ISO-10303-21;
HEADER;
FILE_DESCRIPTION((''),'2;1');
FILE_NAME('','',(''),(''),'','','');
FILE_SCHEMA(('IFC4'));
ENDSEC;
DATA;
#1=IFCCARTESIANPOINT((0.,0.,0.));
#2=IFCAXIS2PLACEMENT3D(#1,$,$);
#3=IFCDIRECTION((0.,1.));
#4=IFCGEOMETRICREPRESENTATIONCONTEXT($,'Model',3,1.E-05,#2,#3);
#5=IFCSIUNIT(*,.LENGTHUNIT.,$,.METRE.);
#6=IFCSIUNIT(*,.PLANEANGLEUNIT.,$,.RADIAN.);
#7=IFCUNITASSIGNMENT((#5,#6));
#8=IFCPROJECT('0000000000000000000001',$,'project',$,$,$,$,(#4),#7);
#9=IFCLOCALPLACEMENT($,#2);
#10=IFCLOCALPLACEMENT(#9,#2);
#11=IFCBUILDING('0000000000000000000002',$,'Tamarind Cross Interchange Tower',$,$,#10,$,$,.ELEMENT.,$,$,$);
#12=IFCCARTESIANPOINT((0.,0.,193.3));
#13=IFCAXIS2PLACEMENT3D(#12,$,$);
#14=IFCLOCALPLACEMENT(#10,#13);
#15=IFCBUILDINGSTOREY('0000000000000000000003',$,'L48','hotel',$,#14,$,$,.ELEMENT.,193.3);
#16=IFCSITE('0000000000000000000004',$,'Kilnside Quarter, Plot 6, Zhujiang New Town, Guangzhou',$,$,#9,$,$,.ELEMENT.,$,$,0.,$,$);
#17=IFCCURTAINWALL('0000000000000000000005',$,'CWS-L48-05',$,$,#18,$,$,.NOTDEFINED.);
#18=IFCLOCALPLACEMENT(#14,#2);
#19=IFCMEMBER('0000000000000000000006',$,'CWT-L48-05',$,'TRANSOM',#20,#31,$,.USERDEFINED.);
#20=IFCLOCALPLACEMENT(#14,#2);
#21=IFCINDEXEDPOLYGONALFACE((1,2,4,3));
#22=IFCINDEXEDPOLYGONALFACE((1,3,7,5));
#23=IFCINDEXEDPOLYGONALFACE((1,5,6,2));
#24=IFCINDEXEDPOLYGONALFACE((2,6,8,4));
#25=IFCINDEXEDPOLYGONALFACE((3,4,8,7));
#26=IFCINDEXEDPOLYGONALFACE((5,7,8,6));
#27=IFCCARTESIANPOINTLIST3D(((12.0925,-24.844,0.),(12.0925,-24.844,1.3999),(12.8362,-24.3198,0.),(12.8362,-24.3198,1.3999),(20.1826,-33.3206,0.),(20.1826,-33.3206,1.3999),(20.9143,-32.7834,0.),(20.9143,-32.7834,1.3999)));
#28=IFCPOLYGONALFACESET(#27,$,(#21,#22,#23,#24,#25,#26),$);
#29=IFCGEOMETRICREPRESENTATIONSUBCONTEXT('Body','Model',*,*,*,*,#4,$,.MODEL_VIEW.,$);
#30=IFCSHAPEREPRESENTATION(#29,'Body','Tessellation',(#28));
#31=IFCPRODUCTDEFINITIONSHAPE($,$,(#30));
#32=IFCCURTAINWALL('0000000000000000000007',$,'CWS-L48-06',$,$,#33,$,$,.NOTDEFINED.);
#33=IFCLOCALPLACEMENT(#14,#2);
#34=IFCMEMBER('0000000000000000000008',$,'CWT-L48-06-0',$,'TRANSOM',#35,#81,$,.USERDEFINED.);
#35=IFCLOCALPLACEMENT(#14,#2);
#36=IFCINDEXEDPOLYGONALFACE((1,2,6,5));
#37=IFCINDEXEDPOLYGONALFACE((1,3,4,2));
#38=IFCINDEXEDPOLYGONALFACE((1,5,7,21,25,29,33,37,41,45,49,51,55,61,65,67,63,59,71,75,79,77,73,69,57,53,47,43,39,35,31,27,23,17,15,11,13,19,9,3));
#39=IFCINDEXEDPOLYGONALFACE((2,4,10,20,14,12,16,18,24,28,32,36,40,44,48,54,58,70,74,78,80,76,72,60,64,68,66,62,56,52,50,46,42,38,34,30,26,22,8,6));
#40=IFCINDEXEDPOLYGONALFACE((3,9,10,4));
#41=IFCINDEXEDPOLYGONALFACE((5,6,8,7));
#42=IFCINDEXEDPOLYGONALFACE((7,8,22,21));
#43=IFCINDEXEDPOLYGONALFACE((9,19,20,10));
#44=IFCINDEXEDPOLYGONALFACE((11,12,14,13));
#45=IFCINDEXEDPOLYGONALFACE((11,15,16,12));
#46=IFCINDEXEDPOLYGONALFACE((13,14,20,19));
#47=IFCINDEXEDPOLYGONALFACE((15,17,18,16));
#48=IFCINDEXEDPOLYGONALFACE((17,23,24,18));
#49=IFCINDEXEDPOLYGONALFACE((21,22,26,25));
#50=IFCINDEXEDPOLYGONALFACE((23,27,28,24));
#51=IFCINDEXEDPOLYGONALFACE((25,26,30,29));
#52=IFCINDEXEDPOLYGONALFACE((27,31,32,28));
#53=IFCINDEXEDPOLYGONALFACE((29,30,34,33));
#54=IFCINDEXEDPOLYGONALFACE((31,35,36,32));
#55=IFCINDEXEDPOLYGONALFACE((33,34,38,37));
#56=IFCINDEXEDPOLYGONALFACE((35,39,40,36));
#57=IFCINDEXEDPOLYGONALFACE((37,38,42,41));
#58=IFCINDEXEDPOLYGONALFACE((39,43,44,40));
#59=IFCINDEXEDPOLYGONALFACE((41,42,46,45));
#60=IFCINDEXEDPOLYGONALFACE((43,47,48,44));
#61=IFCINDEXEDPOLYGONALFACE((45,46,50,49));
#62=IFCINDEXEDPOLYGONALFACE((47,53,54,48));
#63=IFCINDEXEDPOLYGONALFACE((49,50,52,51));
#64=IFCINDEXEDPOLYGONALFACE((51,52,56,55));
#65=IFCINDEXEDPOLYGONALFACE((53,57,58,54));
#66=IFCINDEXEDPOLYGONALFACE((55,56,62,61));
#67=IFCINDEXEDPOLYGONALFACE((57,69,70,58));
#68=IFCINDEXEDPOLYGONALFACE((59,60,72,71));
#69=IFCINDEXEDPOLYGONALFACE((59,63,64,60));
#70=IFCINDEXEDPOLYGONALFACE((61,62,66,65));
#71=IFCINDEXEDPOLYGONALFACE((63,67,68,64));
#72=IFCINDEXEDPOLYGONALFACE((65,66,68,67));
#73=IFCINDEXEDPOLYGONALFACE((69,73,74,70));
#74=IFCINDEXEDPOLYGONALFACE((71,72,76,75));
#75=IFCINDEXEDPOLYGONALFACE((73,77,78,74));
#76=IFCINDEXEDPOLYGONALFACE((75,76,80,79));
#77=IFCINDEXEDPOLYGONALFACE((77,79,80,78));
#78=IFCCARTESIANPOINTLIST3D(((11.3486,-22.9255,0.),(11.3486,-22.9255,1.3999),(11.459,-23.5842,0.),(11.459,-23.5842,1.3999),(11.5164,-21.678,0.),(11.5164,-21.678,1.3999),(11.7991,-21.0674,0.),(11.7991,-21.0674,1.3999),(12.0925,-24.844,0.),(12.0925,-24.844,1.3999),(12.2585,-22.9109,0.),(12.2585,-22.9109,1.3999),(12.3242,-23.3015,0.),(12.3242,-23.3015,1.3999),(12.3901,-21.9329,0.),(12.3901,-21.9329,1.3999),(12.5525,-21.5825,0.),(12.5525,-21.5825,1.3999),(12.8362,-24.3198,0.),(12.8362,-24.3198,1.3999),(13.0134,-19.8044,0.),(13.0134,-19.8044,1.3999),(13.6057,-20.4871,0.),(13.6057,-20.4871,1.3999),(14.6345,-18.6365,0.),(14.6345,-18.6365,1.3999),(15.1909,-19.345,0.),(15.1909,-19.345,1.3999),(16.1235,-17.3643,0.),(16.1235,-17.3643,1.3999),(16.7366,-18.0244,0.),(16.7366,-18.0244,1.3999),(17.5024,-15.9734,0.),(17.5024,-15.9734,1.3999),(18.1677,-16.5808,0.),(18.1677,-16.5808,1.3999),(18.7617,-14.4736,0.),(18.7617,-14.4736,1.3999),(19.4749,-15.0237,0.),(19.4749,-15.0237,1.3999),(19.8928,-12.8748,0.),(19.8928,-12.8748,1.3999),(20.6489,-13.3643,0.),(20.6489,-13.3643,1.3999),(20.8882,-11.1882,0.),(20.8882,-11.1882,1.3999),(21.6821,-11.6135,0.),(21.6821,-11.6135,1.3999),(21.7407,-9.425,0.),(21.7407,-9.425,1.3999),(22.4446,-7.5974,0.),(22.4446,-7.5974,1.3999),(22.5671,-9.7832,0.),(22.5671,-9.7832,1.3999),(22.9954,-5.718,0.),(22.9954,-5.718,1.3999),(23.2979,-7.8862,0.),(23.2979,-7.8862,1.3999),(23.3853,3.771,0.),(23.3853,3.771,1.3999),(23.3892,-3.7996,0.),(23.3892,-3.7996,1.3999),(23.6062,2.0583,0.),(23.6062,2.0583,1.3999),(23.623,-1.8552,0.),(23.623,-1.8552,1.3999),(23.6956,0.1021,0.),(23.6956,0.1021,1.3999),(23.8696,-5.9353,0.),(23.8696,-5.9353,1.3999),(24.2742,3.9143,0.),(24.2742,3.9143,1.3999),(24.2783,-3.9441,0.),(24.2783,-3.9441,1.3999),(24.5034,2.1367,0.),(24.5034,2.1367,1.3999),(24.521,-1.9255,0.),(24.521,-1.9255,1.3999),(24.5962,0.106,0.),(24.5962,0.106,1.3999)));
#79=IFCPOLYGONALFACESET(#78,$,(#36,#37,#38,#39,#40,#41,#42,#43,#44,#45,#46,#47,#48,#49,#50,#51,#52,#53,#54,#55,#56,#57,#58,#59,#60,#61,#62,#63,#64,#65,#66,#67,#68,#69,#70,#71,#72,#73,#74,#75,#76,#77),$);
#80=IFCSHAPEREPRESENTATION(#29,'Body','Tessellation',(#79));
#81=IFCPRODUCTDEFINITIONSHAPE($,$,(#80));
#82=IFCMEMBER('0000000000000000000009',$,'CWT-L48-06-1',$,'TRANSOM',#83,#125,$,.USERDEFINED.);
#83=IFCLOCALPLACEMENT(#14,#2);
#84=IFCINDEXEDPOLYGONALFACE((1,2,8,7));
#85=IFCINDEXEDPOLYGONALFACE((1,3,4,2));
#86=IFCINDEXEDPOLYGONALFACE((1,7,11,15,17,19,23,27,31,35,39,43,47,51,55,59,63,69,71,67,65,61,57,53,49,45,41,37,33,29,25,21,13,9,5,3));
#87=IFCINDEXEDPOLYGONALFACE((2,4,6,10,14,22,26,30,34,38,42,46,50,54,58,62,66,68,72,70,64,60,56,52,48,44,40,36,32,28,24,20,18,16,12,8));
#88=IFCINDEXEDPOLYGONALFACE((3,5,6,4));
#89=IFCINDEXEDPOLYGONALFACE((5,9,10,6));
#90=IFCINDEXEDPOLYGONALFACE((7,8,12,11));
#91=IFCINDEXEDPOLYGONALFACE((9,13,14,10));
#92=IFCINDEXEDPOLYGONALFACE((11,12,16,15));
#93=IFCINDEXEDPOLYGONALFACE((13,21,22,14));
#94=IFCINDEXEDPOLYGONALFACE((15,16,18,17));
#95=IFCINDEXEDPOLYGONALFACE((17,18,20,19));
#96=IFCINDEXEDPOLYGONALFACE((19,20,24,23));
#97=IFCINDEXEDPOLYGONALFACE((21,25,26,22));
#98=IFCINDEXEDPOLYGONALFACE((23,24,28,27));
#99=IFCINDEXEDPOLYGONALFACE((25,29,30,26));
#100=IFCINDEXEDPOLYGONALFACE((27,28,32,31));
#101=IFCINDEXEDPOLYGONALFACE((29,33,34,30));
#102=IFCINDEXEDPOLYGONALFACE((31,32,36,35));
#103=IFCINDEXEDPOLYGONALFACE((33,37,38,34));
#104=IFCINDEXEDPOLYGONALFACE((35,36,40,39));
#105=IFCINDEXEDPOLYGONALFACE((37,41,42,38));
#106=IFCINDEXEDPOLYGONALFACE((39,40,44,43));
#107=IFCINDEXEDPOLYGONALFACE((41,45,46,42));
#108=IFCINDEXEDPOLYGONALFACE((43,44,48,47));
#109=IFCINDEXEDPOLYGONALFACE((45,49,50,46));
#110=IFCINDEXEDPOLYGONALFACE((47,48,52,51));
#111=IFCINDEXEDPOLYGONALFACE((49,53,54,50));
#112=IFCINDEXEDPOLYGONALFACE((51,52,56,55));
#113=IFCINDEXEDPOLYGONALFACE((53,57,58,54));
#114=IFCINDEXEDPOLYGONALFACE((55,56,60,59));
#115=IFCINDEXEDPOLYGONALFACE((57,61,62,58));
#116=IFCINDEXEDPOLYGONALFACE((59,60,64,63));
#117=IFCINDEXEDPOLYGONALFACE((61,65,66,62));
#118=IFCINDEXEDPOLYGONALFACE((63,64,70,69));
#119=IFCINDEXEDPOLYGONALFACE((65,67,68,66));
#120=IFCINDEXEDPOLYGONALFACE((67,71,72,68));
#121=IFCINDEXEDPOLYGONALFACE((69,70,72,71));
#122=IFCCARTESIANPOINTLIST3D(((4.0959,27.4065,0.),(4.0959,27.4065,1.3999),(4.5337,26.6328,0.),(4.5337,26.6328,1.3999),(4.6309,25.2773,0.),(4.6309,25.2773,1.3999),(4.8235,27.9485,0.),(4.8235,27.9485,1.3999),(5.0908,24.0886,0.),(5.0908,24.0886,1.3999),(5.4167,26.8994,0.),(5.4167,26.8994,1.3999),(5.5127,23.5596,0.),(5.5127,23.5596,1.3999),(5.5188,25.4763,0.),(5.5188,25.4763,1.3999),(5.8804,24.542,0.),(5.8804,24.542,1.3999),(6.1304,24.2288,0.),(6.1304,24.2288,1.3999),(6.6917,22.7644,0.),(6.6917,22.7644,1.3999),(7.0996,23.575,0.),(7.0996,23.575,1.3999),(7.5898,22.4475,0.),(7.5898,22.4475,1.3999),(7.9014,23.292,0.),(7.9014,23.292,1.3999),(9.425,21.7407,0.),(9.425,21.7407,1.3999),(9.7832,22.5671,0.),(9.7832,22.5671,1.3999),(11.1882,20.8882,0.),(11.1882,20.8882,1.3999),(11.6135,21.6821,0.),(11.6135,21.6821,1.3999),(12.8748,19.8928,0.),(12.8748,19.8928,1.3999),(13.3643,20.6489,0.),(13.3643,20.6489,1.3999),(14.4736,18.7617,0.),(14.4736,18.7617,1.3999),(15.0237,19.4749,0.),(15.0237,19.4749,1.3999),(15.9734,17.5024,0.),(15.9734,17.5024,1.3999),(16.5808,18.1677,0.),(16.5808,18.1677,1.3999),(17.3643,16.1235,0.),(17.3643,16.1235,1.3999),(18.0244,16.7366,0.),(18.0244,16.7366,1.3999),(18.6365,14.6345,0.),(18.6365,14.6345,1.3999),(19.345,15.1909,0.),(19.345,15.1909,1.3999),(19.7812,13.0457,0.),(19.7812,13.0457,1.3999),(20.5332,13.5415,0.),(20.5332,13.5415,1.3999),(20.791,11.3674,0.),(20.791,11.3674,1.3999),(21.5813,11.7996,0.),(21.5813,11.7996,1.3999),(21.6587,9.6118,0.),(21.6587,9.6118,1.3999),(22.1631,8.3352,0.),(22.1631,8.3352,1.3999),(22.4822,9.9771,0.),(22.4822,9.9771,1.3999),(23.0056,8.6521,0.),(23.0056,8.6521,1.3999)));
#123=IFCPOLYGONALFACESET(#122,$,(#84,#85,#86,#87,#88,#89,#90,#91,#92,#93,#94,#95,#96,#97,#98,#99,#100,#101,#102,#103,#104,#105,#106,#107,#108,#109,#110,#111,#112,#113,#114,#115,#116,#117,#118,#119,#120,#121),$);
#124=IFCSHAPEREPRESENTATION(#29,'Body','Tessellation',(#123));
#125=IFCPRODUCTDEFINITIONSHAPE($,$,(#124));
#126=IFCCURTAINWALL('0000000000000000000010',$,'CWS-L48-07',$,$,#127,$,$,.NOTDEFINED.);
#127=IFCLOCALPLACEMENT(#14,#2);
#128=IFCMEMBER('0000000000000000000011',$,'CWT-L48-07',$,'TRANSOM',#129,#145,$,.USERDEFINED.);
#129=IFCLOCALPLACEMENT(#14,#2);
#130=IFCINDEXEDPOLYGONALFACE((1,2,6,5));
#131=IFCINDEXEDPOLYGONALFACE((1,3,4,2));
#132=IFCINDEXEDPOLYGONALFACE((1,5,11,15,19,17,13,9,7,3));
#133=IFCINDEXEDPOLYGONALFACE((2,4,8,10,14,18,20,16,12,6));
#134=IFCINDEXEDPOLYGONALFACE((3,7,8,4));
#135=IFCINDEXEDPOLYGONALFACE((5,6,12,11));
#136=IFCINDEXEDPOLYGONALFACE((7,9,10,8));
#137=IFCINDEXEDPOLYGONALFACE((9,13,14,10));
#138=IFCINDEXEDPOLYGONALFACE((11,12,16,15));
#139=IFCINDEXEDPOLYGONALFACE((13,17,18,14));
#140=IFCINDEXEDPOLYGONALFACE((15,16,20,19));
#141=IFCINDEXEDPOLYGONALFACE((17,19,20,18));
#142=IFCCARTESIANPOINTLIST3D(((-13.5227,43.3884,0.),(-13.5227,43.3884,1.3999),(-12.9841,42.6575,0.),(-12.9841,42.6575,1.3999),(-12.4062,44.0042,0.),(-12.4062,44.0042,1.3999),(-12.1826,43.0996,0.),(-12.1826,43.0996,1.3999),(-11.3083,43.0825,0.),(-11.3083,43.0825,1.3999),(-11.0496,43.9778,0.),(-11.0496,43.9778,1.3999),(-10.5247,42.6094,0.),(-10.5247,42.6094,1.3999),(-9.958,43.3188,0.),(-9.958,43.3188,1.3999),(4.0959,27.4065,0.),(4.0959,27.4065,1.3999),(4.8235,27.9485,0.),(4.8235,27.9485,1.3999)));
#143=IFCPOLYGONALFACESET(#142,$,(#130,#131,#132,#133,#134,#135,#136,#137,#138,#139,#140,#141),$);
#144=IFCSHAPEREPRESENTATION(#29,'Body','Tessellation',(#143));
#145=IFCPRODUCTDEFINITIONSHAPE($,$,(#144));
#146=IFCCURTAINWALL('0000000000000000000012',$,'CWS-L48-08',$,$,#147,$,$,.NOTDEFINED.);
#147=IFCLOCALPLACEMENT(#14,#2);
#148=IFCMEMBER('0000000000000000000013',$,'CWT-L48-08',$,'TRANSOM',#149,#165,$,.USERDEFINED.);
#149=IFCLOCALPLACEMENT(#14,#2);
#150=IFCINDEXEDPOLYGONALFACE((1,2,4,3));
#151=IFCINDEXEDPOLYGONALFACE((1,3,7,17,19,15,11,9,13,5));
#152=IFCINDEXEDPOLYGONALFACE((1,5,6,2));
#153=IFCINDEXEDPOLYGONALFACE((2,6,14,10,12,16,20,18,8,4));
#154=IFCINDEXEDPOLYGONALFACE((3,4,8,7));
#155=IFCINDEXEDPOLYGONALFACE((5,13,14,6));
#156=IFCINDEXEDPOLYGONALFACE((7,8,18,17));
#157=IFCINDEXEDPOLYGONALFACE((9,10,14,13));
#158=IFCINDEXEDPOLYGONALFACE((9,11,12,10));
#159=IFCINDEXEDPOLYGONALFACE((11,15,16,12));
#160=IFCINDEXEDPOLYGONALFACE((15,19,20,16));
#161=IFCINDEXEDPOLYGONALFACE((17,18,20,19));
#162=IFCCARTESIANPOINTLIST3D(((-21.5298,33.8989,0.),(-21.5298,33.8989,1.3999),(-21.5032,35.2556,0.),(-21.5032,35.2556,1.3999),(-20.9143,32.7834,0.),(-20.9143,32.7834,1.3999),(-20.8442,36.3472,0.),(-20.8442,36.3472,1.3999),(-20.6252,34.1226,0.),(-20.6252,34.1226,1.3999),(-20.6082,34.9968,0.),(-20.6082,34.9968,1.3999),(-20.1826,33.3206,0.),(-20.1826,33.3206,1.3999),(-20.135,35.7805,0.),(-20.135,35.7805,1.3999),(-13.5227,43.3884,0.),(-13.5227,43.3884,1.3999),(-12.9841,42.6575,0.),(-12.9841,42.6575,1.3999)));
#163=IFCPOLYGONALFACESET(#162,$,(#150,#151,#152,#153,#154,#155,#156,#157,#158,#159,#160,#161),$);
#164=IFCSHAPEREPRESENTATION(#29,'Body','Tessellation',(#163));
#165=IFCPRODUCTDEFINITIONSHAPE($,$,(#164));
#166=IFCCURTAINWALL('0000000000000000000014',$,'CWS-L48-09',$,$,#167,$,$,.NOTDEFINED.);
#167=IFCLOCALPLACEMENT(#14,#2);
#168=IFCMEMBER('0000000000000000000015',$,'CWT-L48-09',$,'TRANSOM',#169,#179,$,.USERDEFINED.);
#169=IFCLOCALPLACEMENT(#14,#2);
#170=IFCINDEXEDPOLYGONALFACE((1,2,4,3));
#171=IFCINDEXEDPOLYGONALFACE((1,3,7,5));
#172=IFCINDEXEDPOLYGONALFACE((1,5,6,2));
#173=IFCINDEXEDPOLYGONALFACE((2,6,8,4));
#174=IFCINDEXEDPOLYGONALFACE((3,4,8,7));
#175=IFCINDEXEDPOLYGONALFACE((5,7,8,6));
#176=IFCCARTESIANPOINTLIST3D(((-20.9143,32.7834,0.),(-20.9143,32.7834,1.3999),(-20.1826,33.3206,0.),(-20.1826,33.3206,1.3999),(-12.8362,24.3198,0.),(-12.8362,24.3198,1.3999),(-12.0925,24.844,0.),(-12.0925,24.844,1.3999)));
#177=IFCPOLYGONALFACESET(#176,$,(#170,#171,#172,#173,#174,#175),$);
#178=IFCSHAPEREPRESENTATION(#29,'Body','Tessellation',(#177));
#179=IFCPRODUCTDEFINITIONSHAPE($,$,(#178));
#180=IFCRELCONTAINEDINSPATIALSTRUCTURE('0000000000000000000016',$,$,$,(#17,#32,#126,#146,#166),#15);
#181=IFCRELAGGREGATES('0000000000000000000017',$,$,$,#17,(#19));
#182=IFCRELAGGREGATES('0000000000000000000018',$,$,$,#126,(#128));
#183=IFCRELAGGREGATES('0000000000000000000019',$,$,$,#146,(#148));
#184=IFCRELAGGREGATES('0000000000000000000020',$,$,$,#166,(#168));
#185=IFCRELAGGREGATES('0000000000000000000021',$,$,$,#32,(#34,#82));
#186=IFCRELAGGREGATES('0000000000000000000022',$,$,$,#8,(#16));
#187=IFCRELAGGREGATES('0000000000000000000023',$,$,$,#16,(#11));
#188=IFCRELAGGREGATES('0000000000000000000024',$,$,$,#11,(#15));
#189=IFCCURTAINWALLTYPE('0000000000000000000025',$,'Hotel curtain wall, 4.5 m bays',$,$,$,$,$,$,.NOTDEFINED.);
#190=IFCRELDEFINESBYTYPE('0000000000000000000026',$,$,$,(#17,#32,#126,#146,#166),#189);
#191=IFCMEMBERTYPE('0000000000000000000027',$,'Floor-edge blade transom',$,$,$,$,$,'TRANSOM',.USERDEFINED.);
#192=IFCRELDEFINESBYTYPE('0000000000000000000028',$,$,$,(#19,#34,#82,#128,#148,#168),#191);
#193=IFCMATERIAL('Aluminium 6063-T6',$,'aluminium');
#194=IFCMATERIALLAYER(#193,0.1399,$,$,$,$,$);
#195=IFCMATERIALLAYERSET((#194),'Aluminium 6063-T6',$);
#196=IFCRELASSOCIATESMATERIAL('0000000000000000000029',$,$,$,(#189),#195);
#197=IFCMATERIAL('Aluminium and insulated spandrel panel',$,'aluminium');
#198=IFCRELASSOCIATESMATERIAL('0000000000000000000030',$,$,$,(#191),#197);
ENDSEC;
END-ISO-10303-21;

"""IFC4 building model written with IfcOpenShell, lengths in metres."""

from ifc_helpers import new_model, si_unit, direction, frame, origin, place, context, subcontext, project, spatial, polyline, outline, extrude, material, layer, layer_set, type_object, element, aggregate, save


model = new_model("IFC4")

# Units and contexts
model_context = context("Model", 3, precision=1e-05, world=origin(), true_north=direction((0.0, 1.0)))
body_context = subcontext(model_context, "Body", "Model", "MODEL_VIEW")
ifc_project = project(units=[si_unit("LENGTHUNIT", "METRE"), si_unit("PLANEANGLEUNIT", "RADIAN")], contexts=[model_context])

# Site, building, storey
site_placement = place(None, origin())
site = spatial("IfcSite", under=ifc_project, at=site_placement, Name="Kilnside Quarter, Plot 6, Zhujiang New Town, Guangzhou", CompositionType="ELEMENT", RefElevation=0.0)
building_placement = place(site_placement, origin())
building = spatial("IfcBuilding", under=site, at=building_placement, Name="Tamarind Cross Interchange Tower", CompositionType="ELEMENT")
storey_placement = place(building_placement, frame((0.0, 0.0, 193.3)))
storey = spatial("IfcBuildingStorey", under=building, at=storey_placement, Name="L48", Description="hotel", CompositionType="ELEMENT", Elevation=193.3)

# Curtain wall, member
ifc_material_1 = material(Name="Aluminium 6063-T6", Category="aluminium")
ifc_layer_1 = layer(ifc_material_1, 0.1399)
ifc_layer_set_1 = layer_set([ifc_layer_1], Name="Aluminium 6063-T6")
curtain_wall_type = type_object("IfcCurtainWallType", Name="Hotel curtain wall, 4.5 m bays", PredefinedType="NOTDEFINED", material=ifc_layer_set_1)
curtain_wall_1_placement = place(storey_placement, origin())
curtain_wall_1 = element("IfcCurtainWall", 1, at=curtain_wall_1_placement, inside=storey, type_object=curtain_wall_type, Name="CWS-L48-05", PredefinedType="NOTDEFINED")
ifc_material_2 = material(Name="Aluminium and insulated spandrel panel", Category="aluminium")
member_type = type_object("IfcMemberType", Name="Floor-edge blade transom", ElementType="TRANSOM", PredefinedType="USERDEFINED", material=ifc_material_2)
member_1_placement = place(storey_placement, origin())
member_1 = element("IfcMember", 2, at=member_1_placement, type_object=member_type, Name="CWT-L48-05", ObjectType="TRANSOM", PredefinedType="USERDEFINED", context=body_context, shape_type="SweptSolid", body=[
    extrude(outline(polyline([(20.1826, -33.3206), (12.0925, -24.844), (12.8362, -24.3198), (20.9143, -32.7834), (20.1826, -33.3206)])), origin(), (0.0, 0.0, 1.0), 1.3999),
])
aggregate(curtain_wall_1, [member_1])

# Curtain wall, members
curtain_wall_2_placement = place(storey_placement, origin())
curtain_wall_2 = element("IfcCurtainWall", 3, at=curtain_wall_2_placement, inside=storey, type_object=curtain_wall_type, Name="CWS-L48-06", PredefinedType="NOTDEFINED")
member_2_placement = place(storey_placement, origin())
member_2 = element("IfcMember", 4, at=member_2_placement, type_object=member_type, Name="CWT-L48-06-0", ObjectType="TRANSOM", PredefinedType="USERDEFINED", context=body_context, shape_type="SweptSolid", body=[
    extrude(outline(polyline([(12.0925, -24.844), (11.459, -23.5842), (11.3486, -22.9255), (11.5164, -21.678), (11.7991, -21.0674), (13.0134, -19.8044), (14.6345, -18.6365), (16.1235, -17.3643), (17.5024, -15.9734), (18.7617, -14.4736), (19.8928, -12.8748), (20.8882, -11.1882), (21.7407, -9.425), (22.4446, -7.5974), (22.9954, -5.718), (23.3892, -3.7996), (23.623, -1.8552), (23.6956, 0.1021), (23.6062, 2.0583), (23.3853, 3.771), (24.2742, 3.9143), (24.5034, 2.1367), (24.5962, 0.106), (24.521, -1.9255), (24.2783, -3.9441), (23.8696, -5.9353), (23.2979, -7.8862), (22.5671, -9.7832), (21.6821, -11.6135), (20.6489, -13.3643), (19.4749, -15.0237), (18.1677, -16.5808), (16.7366, -18.0244), (15.1909, -19.345), (13.6057, -20.4871), (12.5525, -21.5825), (12.3901, -21.9329), (12.2585, -22.9109), (12.3242, -23.3015), (12.8362, -24.3198), (12.0925, -24.844)])), origin(), (0.0, 0.0, 1.0), 1.3999),
])
member_3_placement = place(storey_placement, origin())
member_3 = element("IfcMember", 5, at=member_3_placement, type_object=member_type, Name="CWT-L48-06-1", ObjectType="TRANSOM", PredefinedType="USERDEFINED", context=body_context, shape_type="SweptSolid", body=[
    extrude(outline(polyline([(22.1631, 8.3352), (21.6587, 9.6118), (20.791, 11.3674), (19.7812, 13.0457), (18.6365, 14.6345), (17.3643, 16.1235), (15.9734, 17.5024), (14.4736, 18.7617), (12.8748, 19.8928), (11.1882, 20.8882), (9.425, 21.7407), (7.5898, 22.4475), (6.6917, 22.7644), (5.5127, 23.5596), (5.0908, 24.0886), (4.6309, 25.2773), (4.5337, 26.6328), (4.0959, 27.4065), (4.8235, 27.9485), (5.4167, 26.8994), (5.5188, 25.4763), (5.8804, 24.542), (6.1304, 24.2288), (7.0996, 23.575), (7.9014, 23.292), (9.7832, 22.5671), (11.6135, 21.6821), (13.3643, 20.6489), (15.0237, 19.4749), (16.5808, 18.1677), (18.0244, 16.7366), (19.345, 15.1909), (20.5332, 13.5415), (21.5813, 11.7996), (22.4822, 9.9771), (23.0056, 8.6521), (22.1631, 8.3352)])), origin(), (0.0, 0.0, 1.0), 1.3999),
])

# Curtain walls, members
curtain_wall_3_placement = place(storey_placement, origin())
curtain_wall_3 = element("IfcCurtainWall", 6, at=curtain_wall_3_placement, inside=storey, type_object=curtain_wall_type, Name="CWS-L48-07", PredefinedType="NOTDEFINED")
member_4_placement = place(storey_placement, origin())
member_4 = element("IfcMember", 7, at=member_4_placement, type_object=member_type, Name="CWT-L48-07", ObjectType="TRANSOM", PredefinedType="USERDEFINED", context=body_context, shape_type="SweptSolid", body=[
    extrude(outline(polyline([(4.0959, 27.4065), (-10.5247, 42.6094), (-11.3083, 43.0825), (-12.1826, 43.0996), (-12.9841, 42.6575), (-13.5227, 43.3884), (-12.4062, 44.0042), (-11.0496, 43.9778), (-9.958, 43.3188), (4.8235, 27.9485), (4.0959, 27.4065)])), origin(), (0.0, 0.0, 1.0), 1.3999),
])
aggregate(curtain_wall_3, [member_4])
curtain_wall_4_placement = place(storey_placement, origin())
curtain_wall_4 = element("IfcCurtainWall", 8, at=curtain_wall_4_placement, inside=storey, type_object=curtain_wall_type, Name="CWS-L48-08", PredefinedType="NOTDEFINED")
member_5_placement = place(storey_placement, origin())
member_5 = element("IfcMember", 9, at=member_5_placement, type_object=member_type, Name="CWT-L48-08", ObjectType="TRANSOM", PredefinedType="USERDEFINED", context=body_context, shape_type="SweptSolid", body=[
    extrude(outline(polyline([(-12.9841, 42.6575), (-20.135, 35.7805), (-20.6082, 34.9968), (-20.6252, 34.1226), (-20.1826, 33.3206), (-20.9143, 32.7834), (-21.5298, 33.8989), (-21.5032, 35.2556), (-20.8442, 36.3472), (-13.5227, 43.3884), (-12.9841, 42.6575)])), origin(), (0.0, 0.0, 1.0), 1.3999),
])
aggregate(curtain_wall_4, [member_5])
curtain_wall_5_placement = place(storey_placement, origin())
curtain_wall_5 = element("IfcCurtainWall", 10, at=curtain_wall_5_placement, inside=storey, type_object=curtain_wall_type, Name="CWS-L48-09", PredefinedType="NOTDEFINED")
member_6_placement = place(storey_placement, origin())
member_6 = element("IfcMember", 11, at=member_6_placement, type_object=member_type, Name="CWT-L48-09", ObjectType="TRANSOM", PredefinedType="USERDEFINED", context=body_context, shape_type="SweptSolid", body=[
    extrude(outline(polyline([(-20.1826, 33.3206), (-12.0925, 24.844), (-12.8362, 24.3198), (-20.9143, 32.7834), (-20.1826, 33.3206)])), origin(), (0.0, 0.0, 1.0), 1.3999),
])
aggregate(curtain_wall_5, [member_6])

aggregate(curtain_wall_2, [member_2, member_3])

save(model, "model.ifc")
